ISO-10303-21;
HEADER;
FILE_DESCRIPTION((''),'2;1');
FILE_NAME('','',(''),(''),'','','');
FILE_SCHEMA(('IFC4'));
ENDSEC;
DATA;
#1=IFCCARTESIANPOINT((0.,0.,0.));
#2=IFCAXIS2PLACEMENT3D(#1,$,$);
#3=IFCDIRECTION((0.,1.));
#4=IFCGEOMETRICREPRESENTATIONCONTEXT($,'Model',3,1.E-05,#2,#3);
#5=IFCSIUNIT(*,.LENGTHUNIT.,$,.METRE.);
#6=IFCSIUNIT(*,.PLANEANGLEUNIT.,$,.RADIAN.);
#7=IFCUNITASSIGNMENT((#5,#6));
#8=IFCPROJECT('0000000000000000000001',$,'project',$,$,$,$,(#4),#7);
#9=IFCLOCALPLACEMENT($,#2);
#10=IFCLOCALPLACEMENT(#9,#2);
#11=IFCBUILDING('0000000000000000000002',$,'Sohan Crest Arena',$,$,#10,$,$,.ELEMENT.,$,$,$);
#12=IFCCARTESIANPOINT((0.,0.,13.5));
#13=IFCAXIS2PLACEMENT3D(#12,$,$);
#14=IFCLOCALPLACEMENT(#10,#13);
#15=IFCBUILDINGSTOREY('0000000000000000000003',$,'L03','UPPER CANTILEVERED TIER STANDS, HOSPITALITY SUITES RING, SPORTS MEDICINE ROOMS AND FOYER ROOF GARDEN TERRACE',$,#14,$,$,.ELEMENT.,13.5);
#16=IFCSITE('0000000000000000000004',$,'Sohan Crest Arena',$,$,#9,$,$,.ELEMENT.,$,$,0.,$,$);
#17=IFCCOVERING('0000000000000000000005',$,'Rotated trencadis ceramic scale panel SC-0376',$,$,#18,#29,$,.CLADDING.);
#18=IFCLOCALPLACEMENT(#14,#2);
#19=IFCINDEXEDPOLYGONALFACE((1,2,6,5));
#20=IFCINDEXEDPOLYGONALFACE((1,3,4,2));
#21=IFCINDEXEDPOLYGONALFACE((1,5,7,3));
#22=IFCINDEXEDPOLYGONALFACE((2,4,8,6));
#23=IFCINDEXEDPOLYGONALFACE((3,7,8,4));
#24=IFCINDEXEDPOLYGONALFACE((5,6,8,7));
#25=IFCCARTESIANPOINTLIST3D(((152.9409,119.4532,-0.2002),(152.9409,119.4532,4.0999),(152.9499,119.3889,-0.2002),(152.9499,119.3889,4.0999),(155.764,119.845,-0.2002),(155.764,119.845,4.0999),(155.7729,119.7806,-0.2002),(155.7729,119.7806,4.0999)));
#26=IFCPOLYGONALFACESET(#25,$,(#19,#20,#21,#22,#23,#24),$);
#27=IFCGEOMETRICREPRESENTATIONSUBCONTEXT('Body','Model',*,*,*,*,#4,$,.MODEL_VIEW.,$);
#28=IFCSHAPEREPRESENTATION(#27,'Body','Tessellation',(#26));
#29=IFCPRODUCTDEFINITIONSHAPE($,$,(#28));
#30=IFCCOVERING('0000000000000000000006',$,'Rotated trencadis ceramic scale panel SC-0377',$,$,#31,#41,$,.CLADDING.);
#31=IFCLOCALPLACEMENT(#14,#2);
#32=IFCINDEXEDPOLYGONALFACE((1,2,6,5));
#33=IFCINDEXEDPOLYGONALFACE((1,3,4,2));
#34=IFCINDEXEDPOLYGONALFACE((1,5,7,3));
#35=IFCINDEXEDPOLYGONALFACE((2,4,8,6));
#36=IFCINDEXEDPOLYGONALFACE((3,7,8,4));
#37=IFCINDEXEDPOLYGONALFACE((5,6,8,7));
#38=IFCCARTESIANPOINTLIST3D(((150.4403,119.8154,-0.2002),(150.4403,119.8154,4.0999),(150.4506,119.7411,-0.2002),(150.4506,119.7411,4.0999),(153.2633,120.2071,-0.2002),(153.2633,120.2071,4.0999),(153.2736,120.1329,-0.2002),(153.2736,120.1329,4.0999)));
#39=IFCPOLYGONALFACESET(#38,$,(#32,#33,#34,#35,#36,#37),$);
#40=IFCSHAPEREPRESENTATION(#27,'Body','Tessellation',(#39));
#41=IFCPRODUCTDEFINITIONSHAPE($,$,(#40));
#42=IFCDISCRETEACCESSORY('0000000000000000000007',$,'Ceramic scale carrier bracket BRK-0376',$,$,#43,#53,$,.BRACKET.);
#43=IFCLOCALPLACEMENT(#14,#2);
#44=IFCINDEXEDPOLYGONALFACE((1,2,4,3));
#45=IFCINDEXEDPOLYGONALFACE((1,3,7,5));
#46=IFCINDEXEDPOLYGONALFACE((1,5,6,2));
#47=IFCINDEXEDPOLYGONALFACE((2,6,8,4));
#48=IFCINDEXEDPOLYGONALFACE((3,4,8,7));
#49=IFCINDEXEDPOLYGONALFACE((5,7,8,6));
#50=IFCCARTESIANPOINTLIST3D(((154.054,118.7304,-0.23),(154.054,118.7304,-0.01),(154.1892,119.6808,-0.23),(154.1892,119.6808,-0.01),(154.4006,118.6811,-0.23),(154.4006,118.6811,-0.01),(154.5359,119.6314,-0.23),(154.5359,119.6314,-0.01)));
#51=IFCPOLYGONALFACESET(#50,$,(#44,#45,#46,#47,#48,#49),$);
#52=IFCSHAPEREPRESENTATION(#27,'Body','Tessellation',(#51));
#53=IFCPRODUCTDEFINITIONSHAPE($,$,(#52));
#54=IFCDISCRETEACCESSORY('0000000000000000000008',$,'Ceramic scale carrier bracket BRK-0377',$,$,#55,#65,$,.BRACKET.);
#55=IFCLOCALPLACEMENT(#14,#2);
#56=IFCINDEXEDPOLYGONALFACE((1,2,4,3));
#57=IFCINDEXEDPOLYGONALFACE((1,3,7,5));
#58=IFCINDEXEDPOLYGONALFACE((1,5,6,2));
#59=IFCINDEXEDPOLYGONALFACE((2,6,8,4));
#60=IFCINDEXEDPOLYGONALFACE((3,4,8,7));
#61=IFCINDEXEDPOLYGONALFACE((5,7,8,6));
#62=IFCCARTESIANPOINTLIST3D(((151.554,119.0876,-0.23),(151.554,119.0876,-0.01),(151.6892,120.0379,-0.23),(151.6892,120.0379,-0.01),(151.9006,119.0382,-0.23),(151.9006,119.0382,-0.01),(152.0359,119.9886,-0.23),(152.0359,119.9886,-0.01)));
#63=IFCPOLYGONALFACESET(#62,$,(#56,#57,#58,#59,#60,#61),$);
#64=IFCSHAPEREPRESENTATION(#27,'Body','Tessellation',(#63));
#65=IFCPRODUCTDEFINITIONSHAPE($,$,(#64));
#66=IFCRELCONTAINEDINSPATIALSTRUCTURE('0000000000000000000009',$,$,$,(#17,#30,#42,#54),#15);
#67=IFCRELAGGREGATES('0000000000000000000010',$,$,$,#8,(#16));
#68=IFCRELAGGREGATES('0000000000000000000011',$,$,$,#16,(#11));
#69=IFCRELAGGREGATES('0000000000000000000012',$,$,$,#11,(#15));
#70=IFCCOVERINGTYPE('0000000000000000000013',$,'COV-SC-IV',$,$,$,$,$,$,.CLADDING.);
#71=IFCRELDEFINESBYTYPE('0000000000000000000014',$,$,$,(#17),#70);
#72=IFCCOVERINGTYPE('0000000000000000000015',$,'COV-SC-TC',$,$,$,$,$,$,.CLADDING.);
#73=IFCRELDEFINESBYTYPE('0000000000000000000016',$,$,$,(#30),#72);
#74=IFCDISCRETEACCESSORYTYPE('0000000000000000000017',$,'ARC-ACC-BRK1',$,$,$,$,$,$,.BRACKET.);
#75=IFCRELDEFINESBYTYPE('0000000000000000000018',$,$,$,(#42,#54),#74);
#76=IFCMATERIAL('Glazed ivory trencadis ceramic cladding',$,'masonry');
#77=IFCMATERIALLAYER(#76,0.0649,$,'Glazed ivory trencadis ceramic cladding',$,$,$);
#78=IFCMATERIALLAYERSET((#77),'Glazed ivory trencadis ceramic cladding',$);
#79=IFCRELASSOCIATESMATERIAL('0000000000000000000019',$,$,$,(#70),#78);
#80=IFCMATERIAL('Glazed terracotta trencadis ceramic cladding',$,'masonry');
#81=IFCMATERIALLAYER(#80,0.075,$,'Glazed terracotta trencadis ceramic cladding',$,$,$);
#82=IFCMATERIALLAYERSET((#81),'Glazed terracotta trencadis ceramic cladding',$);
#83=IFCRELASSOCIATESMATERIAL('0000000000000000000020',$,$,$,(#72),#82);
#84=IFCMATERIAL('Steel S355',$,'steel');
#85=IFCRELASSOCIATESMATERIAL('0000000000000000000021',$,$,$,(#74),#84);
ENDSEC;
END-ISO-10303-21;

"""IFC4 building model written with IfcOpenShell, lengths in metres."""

from ifc_helpers import new_model, si_unit, direction, frame, origin, origin_2d, place, context, subcontext, project, spatial, rectangle, extrude, material, layer, layer_set, type_object, element, save


model = new_model("IFC4")

# Units and contexts
model_context = context("Model", 3, precision=1e-05, world=origin(), true_north=direction((0.0, 1.0)))
body_context = subcontext(model_context, "Body", "Model", "MODEL_VIEW")
ifc_project = project(units=[si_unit("LENGTHUNIT", "METRE"), si_unit("PLANEANGLEUNIT", "RADIAN")], contexts=[model_context])

# Site, building, storey
site_placement = place(None, origin())
site = spatial("IfcSite", under=ifc_project, at=site_placement, Name="Sohan Crest Arena", CompositionType="ELEMENT", RefElevation=0.0)
building_placement = place(site_placement, origin())
building = spatial("IfcBuilding", under=site, at=building_placement, Name="Sohan Crest Arena", CompositionType="ELEMENT")
storey_placement = place(building_placement, frame((0.0, 0.0, 13.5)))
storey = spatial("IfcBuildingStorey", under=building, at=storey_placement, Name="L03", Description="UPPER CANTILEVERED TIER STANDS, HOSPITALITY SUITES RING, SPORTS MEDICINE ROOMS AND FOYER ROOF GARDEN TERRACE", CompositionType="ELEMENT", Elevation=13.5)

# Coverings
ifc_material_1 = material(Name="Glazed ivory trencadis ceramic cladding", Category="masonry")
ifc_layer_1 = layer(ifc_material_1, 0.0649, Name="Glazed ivory trencadis ceramic cladding")
ifc_layer_set_1 = layer_set([ifc_layer_1], Name="Glazed ivory trencadis ceramic cladding")
covering_type_1 = type_object("IfcCoveringType", Name="COV-SC-IV", PredefinedType="CLADDING", material=ifc_layer_set_1)
covering_1_placement = place(storey_placement, frame((154.3569, 119.6169, -0.2002), z_axis=(0.0, 0.0, 1.0), x_axis=(-0.990509, -0.137445, 0.0)))
element("IfcCovering", 1, at=covering_1_placement, inside=storey, type_object=covering_type_1, Name="Rotated trencadis ceramic scale panel SC-0376", PredefinedType="CLADDING", context=body_context, shape_type="SweptSolid", body=[
    extrude(rectangle(XDim=2.8501, YDim=0.0649, at=origin_2d()), origin(), (0.0, 0.0, 1.0), 4.3),
])
ifc_material_2 = material(Name="Glazed terracotta trencadis ceramic cladding", Category="masonry")
ifc_layer_2 = layer(ifc_material_2, 0.075, Name="Glazed terracotta trencadis ceramic cladding")
ifc_layer_set_2 = layer_set([ifc_layer_2], Name="Glazed terracotta trencadis ceramic cladding")
covering_type_2 = type_object("IfcCoveringType", Name="COV-SC-TC", PredefinedType="CLADDING", material=ifc_layer_set_2)
covering_2_placement = place(storey_placement, frame((151.8569, 119.9741, -0.2002), z_axis=(0.0, 0.0, 1.0), x_axis=(-0.990509, -0.137445, 0.0)))
element("IfcCovering", 2, at=covering_2_placement, inside=storey, type_object=covering_type_2, Name="Rotated trencadis ceramic scale panel SC-0377", PredefinedType="CLADDING", context=body_context, shape_type="SweptSolid", body=[
    extrude(rectangle(XDim=2.8501, YDim=0.075, at=origin_2d()), origin(), (0.0, 0.0, 1.0), 4.3),
])

# Discrete accessories
ifc_material_3 = material(Name="Steel S355", Category="steel")
discrete_accessory_type = type_object("IfcDiscreteAccessoryType", Name="ARC-ACC-BRK1", PredefinedType="BRACKET", material=ifc_material_3)
for number, where, z_axis, x_axis, name in (
    (3, (154.2949, 119.1809, -0.23), (0.0, 0.0, 1.0), (-0.990024, 0.140901, 0.0), "Ceramic scale carrier bracket BRK-0376"),
    (4, (151.7949, 119.5381, -0.23), (0.0, 0.0, 1.0), (-0.990024, 0.140901, 0.0), "Ceramic scale carrier bracket BRK-0377"),
):
    element("IfcDiscreteAccessory", number, at=place(storey_placement, frame(where, z_axis=z_axis, x_axis=x_axis)), inside=storey, type_object=discrete_accessory_type, Name=name, PredefinedType="BRACKET", context=body_context, shape_type="SweptSolid", body=[
        extrude(rectangle(XDim=0.3501, YDim=0.96, at=origin_2d()), origin(), (0.0, 0.0, 1.0), 0.22),
    ])

save(model, "model.ifc")
